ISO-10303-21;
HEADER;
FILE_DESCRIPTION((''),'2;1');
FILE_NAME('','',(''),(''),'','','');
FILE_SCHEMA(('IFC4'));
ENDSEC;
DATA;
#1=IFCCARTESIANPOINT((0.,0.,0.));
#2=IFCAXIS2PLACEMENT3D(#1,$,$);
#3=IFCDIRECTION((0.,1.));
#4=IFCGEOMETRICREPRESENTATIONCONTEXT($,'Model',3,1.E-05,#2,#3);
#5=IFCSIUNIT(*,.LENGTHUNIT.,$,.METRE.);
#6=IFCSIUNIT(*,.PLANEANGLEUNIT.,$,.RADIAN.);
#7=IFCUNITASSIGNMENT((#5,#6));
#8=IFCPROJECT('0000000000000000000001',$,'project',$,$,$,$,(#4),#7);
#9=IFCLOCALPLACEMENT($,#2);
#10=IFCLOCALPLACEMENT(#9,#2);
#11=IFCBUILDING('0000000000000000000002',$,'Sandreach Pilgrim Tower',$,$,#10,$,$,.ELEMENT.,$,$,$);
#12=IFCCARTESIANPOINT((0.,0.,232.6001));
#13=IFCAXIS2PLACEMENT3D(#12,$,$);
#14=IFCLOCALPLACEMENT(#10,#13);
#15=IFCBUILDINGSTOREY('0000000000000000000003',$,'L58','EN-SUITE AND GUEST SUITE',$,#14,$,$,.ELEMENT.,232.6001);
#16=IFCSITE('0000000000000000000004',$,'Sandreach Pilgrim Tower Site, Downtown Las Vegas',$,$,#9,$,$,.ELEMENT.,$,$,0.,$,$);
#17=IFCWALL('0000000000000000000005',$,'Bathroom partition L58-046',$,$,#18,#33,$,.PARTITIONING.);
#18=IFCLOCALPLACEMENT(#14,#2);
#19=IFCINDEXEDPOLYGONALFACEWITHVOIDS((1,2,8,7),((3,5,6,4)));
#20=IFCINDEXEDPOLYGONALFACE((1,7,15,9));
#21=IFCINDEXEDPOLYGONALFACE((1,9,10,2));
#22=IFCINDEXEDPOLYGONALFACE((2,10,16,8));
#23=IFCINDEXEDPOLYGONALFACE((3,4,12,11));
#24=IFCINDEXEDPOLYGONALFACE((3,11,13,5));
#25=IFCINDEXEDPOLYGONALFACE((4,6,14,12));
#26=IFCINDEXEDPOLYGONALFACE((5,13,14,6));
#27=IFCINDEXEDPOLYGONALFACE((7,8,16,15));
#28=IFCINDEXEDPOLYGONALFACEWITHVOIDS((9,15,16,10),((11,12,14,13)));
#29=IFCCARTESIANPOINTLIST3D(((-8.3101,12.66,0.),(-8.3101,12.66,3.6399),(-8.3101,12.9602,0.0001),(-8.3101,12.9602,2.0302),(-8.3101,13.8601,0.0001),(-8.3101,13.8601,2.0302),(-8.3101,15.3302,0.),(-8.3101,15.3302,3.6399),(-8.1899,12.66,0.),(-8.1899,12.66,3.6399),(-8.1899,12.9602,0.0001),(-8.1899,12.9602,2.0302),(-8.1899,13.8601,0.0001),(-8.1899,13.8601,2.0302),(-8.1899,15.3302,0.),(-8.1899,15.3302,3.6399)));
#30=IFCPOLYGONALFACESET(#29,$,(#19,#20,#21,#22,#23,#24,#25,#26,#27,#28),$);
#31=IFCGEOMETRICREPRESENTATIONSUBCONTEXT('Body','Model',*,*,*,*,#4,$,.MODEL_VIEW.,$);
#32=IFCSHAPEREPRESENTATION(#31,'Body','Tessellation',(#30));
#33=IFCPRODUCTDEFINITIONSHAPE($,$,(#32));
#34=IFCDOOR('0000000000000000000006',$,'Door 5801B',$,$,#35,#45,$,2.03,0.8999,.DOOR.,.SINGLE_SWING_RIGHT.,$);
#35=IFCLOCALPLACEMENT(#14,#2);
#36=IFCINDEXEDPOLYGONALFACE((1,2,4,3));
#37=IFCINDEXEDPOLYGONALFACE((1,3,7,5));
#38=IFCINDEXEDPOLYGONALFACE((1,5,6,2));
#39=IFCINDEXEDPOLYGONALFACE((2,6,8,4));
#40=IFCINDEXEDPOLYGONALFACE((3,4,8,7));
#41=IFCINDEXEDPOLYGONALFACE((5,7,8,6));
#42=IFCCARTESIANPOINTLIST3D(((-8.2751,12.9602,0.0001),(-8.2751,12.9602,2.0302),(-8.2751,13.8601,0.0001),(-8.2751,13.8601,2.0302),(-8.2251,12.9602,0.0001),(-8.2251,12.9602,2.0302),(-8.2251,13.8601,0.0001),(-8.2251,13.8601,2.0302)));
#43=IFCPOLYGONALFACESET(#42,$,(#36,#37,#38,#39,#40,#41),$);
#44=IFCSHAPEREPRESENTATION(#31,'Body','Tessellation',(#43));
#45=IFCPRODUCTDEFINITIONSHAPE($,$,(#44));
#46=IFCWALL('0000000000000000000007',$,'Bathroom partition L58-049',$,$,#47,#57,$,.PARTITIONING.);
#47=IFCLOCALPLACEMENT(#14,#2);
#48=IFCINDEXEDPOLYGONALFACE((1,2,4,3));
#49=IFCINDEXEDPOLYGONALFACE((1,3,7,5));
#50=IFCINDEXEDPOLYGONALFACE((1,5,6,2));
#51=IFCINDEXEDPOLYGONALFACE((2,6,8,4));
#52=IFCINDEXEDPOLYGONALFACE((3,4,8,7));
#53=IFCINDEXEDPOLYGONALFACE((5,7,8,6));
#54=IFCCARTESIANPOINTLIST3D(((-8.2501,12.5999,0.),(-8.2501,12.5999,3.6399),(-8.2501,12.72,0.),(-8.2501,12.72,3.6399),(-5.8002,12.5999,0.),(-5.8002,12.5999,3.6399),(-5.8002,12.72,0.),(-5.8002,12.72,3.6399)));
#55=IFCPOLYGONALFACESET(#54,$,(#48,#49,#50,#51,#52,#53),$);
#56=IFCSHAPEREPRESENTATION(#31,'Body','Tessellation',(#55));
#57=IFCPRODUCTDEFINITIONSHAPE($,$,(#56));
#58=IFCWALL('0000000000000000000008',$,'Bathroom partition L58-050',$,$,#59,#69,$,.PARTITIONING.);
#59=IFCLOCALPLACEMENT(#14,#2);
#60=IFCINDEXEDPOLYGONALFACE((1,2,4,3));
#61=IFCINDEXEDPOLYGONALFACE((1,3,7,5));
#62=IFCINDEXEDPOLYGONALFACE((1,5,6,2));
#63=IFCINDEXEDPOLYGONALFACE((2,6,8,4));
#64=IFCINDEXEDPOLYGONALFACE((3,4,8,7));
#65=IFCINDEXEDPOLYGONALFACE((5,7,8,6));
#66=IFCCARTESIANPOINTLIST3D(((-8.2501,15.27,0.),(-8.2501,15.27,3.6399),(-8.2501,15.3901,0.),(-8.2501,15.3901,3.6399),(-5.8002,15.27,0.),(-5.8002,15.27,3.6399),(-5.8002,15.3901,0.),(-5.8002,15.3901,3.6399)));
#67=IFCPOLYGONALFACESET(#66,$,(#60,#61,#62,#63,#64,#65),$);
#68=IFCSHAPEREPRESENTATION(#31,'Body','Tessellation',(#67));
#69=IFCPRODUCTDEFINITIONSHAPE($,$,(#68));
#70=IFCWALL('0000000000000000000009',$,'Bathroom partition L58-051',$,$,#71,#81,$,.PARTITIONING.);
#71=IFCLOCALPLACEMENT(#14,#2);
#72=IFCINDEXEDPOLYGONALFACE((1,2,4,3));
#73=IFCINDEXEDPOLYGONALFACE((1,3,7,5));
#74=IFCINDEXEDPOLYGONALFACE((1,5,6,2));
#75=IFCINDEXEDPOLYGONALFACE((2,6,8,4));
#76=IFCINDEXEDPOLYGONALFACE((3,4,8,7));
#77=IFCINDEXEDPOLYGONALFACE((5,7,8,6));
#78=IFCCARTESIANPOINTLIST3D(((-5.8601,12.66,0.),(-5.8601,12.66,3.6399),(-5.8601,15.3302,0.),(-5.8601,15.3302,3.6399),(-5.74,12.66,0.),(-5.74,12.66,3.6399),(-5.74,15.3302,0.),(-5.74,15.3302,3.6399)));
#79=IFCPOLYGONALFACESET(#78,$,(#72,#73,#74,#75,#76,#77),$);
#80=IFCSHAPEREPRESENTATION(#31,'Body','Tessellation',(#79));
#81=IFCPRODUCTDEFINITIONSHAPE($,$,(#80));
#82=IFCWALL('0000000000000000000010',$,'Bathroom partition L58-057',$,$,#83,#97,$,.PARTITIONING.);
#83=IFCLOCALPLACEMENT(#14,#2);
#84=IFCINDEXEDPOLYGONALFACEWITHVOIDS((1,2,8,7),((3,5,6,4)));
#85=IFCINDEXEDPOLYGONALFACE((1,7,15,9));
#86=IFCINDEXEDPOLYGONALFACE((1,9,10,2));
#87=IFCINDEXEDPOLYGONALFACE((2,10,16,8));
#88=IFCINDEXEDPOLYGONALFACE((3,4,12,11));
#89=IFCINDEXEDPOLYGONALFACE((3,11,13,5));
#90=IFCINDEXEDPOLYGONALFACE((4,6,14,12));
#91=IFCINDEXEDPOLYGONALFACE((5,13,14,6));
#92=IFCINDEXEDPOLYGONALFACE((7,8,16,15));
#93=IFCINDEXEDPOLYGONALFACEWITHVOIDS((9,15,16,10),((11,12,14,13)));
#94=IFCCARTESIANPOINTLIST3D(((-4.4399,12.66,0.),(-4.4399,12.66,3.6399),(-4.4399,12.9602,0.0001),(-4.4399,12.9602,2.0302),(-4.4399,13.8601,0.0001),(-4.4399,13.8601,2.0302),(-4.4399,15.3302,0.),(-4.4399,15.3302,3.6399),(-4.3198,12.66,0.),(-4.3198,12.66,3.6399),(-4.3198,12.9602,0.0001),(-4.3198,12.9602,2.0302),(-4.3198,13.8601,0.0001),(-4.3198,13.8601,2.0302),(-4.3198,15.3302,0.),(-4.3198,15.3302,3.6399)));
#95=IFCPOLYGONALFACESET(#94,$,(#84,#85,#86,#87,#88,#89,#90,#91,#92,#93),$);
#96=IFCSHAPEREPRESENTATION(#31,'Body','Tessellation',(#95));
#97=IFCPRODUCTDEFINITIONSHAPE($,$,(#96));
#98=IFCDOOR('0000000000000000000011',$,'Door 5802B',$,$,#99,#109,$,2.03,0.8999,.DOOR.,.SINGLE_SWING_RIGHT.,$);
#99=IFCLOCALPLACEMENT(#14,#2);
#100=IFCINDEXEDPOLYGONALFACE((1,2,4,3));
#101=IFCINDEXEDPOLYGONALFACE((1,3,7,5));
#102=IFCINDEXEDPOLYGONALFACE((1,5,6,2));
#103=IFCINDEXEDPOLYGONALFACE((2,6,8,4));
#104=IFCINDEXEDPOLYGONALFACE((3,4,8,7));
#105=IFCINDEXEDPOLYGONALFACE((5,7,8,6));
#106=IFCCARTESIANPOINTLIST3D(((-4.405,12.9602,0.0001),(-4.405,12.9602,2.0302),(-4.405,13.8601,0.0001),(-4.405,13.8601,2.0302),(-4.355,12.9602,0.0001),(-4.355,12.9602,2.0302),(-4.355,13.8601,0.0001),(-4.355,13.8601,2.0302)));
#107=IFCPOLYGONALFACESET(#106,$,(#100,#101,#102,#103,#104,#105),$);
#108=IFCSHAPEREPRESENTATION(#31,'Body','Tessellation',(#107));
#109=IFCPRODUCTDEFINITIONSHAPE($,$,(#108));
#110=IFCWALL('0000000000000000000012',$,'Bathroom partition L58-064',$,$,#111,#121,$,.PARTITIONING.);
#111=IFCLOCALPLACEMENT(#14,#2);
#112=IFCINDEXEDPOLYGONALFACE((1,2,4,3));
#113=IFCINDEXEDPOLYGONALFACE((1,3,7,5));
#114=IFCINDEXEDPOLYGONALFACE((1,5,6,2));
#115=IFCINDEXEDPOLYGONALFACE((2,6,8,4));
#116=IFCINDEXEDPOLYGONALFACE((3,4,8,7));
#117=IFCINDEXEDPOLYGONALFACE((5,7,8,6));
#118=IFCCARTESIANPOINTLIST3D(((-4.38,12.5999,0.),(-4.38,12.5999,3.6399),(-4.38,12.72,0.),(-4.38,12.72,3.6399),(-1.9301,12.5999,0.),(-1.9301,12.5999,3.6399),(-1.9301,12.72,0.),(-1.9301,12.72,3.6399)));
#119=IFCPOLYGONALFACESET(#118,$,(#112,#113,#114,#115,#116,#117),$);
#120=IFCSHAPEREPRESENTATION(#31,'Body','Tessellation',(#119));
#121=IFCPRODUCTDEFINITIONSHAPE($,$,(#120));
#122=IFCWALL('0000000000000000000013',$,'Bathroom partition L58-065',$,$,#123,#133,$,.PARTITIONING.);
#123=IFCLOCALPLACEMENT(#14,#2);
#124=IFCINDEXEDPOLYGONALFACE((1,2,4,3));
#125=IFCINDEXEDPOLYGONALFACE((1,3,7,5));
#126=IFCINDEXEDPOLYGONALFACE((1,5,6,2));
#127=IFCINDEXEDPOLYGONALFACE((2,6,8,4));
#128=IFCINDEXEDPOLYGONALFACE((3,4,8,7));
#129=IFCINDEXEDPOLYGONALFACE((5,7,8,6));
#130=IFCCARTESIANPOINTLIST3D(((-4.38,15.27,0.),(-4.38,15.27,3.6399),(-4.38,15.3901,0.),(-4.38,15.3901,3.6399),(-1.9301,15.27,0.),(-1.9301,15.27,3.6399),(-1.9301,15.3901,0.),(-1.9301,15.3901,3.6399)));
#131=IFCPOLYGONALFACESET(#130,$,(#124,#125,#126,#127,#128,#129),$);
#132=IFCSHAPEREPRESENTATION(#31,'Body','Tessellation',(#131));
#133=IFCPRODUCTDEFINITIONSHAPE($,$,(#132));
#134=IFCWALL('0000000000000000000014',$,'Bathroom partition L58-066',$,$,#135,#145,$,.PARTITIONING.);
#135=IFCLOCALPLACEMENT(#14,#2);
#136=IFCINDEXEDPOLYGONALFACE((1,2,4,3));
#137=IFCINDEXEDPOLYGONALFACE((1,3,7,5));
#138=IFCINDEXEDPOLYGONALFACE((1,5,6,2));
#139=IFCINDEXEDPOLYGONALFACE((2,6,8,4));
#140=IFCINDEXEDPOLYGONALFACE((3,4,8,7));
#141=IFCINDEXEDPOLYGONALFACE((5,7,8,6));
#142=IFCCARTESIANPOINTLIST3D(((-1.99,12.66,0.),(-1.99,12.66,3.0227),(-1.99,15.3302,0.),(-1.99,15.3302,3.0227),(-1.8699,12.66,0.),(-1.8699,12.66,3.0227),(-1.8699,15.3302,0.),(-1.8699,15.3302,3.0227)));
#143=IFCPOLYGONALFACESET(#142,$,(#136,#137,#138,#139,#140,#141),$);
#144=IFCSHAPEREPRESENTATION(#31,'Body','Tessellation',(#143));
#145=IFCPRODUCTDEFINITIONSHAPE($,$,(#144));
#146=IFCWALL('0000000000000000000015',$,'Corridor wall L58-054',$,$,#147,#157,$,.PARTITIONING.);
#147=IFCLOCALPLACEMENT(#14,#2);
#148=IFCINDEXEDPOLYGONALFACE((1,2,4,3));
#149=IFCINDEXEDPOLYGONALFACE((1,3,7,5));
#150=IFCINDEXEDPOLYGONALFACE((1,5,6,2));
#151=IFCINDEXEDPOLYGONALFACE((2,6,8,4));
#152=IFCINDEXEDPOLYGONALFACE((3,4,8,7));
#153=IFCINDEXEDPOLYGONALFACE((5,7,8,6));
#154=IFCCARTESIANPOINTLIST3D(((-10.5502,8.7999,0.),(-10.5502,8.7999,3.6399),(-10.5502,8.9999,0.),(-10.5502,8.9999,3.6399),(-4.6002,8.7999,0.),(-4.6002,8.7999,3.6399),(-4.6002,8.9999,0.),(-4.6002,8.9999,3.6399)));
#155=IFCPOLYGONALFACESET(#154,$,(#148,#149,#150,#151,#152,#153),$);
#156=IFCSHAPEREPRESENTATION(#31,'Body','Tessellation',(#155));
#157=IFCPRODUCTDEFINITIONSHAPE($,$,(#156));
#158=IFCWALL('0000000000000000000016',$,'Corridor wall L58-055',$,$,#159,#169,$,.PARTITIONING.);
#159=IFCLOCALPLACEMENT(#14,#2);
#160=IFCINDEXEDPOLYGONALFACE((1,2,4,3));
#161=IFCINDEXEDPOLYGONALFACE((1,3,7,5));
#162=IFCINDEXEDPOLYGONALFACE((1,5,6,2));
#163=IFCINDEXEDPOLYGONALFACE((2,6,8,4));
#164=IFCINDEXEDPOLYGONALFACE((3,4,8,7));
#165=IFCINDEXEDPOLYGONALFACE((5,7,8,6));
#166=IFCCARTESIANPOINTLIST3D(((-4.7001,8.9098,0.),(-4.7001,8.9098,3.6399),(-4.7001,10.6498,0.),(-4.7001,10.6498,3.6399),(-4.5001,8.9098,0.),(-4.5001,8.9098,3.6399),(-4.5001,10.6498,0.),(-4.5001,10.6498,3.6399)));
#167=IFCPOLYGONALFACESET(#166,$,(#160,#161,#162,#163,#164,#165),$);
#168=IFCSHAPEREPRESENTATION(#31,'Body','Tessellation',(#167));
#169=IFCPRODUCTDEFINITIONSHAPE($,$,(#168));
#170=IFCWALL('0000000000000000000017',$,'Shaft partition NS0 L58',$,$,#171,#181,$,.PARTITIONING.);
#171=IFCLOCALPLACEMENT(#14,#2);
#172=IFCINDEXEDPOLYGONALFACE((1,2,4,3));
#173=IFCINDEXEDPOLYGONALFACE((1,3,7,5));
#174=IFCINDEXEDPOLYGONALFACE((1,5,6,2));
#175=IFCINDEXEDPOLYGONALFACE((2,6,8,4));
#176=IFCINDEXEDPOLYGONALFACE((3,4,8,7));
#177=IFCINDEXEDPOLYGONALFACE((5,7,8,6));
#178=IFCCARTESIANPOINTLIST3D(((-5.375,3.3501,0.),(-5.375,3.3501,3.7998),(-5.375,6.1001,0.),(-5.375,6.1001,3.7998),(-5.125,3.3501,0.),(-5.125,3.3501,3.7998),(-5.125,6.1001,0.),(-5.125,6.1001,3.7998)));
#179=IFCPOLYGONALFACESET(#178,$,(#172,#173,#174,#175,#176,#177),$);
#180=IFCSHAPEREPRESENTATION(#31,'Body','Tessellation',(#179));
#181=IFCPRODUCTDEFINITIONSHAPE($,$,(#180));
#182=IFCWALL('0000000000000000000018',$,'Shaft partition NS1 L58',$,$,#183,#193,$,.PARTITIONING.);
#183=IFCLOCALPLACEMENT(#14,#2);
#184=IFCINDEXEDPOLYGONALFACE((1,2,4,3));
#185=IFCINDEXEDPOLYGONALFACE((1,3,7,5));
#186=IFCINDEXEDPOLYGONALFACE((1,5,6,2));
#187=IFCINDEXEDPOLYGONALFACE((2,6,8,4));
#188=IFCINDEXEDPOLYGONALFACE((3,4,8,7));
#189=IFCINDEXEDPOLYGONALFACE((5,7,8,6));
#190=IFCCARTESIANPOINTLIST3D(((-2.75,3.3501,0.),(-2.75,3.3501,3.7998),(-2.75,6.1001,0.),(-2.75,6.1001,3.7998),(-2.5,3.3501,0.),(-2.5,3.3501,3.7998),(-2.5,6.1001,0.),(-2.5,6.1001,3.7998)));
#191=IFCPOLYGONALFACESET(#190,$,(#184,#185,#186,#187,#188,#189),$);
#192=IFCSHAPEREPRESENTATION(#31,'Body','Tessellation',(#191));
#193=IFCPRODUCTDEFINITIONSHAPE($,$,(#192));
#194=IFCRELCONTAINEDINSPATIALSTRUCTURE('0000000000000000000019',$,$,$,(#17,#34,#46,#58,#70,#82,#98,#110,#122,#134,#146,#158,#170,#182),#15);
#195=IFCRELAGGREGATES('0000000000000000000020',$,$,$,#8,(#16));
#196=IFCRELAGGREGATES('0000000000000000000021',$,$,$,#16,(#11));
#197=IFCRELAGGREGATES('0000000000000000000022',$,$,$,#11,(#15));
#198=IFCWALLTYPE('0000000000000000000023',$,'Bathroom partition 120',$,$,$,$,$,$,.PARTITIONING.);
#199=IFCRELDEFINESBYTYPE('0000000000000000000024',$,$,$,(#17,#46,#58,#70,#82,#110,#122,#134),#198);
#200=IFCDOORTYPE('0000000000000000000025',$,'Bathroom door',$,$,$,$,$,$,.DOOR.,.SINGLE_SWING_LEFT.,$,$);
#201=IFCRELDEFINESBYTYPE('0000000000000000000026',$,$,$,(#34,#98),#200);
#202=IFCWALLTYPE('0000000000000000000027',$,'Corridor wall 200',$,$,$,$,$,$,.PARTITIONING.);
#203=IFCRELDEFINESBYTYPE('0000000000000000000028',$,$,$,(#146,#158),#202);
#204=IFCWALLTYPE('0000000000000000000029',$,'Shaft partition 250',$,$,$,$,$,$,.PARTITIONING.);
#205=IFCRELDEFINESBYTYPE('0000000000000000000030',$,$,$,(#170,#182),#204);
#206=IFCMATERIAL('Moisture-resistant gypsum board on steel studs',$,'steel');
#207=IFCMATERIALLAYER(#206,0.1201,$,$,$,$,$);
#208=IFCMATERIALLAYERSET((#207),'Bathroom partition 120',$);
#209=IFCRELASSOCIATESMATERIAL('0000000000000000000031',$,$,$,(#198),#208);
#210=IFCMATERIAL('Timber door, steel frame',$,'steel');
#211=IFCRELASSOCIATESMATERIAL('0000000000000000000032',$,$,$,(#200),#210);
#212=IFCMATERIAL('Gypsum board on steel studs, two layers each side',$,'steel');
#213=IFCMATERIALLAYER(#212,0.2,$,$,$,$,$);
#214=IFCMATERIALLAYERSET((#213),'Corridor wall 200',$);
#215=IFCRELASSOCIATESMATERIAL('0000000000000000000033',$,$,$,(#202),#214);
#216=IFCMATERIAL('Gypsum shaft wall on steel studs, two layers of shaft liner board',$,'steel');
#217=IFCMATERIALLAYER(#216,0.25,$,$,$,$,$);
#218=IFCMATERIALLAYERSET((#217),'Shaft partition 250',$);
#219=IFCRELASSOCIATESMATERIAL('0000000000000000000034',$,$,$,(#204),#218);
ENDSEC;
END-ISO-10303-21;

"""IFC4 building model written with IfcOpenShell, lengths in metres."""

from ifc_helpers import new_model, si_unit, direction, frame, frame_2d, origin, place, context, subcontext, project, spatial, rectangle, extrude, material, layer, layer_set, type_object, element, fill, save


model = new_model("IFC4")

# Units and contexts
model_context = context("Model", 3, precision=1e-05, world=origin(), true_north=direction((0.0, 1.0)))
body_context = subcontext(model_context, "Body", "Model", "MODEL_VIEW")
ifc_project = project(units=[si_unit("LENGTHUNIT", "METRE"), si_unit("PLANEANGLEUNIT", "RADIAN")], contexts=[model_context])

# Site, building, storey
site_placement = place(None, origin())
site = spatial("IfcSite", under=ifc_project, at=site_placement, Name="Sandreach Pilgrim Tower Site, Downtown Las Vegas", CompositionType="ELEMENT", RefElevation=0.0)
building_placement = place(site_placement, origin())
building = spatial("IfcBuilding", under=site, at=building_placement, Name="Sandreach Pilgrim Tower", CompositionType="ELEMENT")
storey_placement = place(building_placement, frame((0.0, 0.0, 232.6001)))
storey = spatial("IfcBuildingStorey", under=building, at=storey_placement, Name="L58", Description="EN-SUITE AND GUEST SUITE", CompositionType="ELEMENT", Elevation=232.6001)

# Wall, opening, door
ifc_material_1 = material(Name="Moisture-resistant gypsum board on steel studs", Category="steel")
ifc_layer_1 = layer(ifc_material_1, 0.1201)
ifc_layer_set_1 = layer_set([ifc_layer_1], Name="Bathroom partition 120")
wall_type_1 = type_object("IfcWallType", Name="Bathroom partition 120", PredefinedType="PARTITIONING", material=ifc_layer_set_1)
wall_1_placement = place(storey_placement, frame((-8.25, 15.3301, 0.0), z_axis=(0.0, 0.0, 1.0), x_axis=(0.0, -1.0, 0.0)))
wall_1 = element("IfcWall", 1, at=wall_1_placement, inside=storey, type_object=wall_type_1, Name="Bathroom partition L58-046", PredefinedType="PARTITIONING", context=body_context, shape_type="SweptSolid", body=[
    extrude(rectangle(XDim=2.6702, YDim=0.1201, at=frame_2d((1.335, 0.0))), origin(), (0.0, 0.0, 1.0), 3.6399),
])
opening_1_placement = place(wall_1_placement, frame((1.47, 0.0, 0.0)))
opening_1 = element("IfcOpeningElement", 2, at=opening_1_placement, cuts=wall_1, PredefinedType="OPENING", context=body_context, shape_type="SweptSolid", body=[
    extrude(rectangle(XDim=0.8999, YDim=2.03, at=frame_2d((0.45, 1.0151))), frame((0.0, 0.0601, 0.0), z_axis=(0.0, -1.0, 0.0), x_axis=(1.0, 0.0, 0.0)), (0.0, 0.0, 1.0), 0.1201),
])
ifc_material_2 = material(Name="Timber door, steel frame", Category="steel")
door_type_1 = type_object("IfcDoorType", Name="Bathroom door", OperationType="SINGLE_SWING_LEFT", PredefinedType="DOOR", material=ifc_material_2)
door_1_placement = place(opening_1_placement, origin())
door_1 = element("IfcDoor", 3, at=door_1_placement, inside=storey, type_object=door_type_1, Name="Door 5801B", OperationType="SINGLE_SWING_RIGHT", OverallHeight=2.03, OverallWidth=0.8999, PredefinedType="DOOR", context=body_context, shape_type="SweptSolid", body=[
    extrude(rectangle(XDim=0.8999, YDim=2.03, at=frame_2d((0.45, 1.0151))), frame((0.0, 0.0249, 0.0), z_axis=(0.0, -1.0, 0.0), x_axis=(1.0, 0.0, 0.0)), (0.0, 0.0, 1.0), 0.05),
])
fill(opening_1, door_1)

# Walls
for number, where, z_axis, x_axis, name in (
    (4, (-5.8, 12.6599, 0.0), (0.0, 0.0, 1.0), (-1.0, 0.0, 0.0), "Bathroom partition L58-049"),
    (5, (-5.8, 15.3301, 0.0), (0.0, 0.0, 1.0), (-1.0, 0.0, 0.0), "Bathroom partition L58-050"),
):
    element("IfcWall", number, at=place(storey_placement, frame(where, z_axis=z_axis, x_axis=x_axis)), inside=storey, type_object=wall_type_1, Name=name, PredefinedType="PARTITIONING", context=body_context, shape_type="SweptSolid", body=[
        extrude(rectangle(XDim=2.45, YDim=0.1201, at=frame_2d((1.2251, 0.0))), origin(), (0.0, 0.0, 1.0), 3.6399),
    ])
wall_2_placement = place(storey_placement, frame((-5.8, 15.3301, 0.0), z_axis=(0.0, 0.0, 1.0), x_axis=(0.0, -1.0, 0.0)))
element("IfcWall", 6, at=wall_2_placement, inside=storey, type_object=wall_type_1, Name="Bathroom partition L58-051", PredefinedType="PARTITIONING", context=body_context, shape_type="SweptSolid", body=[
    extrude(rectangle(XDim=2.6702, YDim=0.1201, at=frame_2d((1.335, 0.0))), origin(), (0.0, 0.0, 1.0), 3.6399),
])

# Wall, opening, door
wall_3_placement = place(storey_placement, frame((-4.3799, 15.3301, 0.0), z_axis=(0.0, 0.0, 1.0), x_axis=(0.0, -1.0, 0.0)))
wall_3 = element("IfcWall", 7, at=wall_3_placement, inside=storey, type_object=wall_type_1, Name="Bathroom partition L58-057", PredefinedType="PARTITIONING", context=body_context, shape_type="SweptSolid", body=[
    extrude(rectangle(XDim=2.6702, YDim=0.1201, at=frame_2d((1.335, 0.0))), origin(), (0.0, 0.0, 1.0), 3.6399),
])
opening_2_placement = place(wall_3_placement, frame((1.47, 0.0, 0.0)))
opening_2 = element("IfcOpeningElement", 8, at=opening_2_placement, cuts=wall_3, PredefinedType="OPENING", context=body_context, shape_type="SweptSolid", body=[
    extrude(rectangle(XDim=0.8999, YDim=2.03, at=frame_2d((0.45, 1.0151))), frame((0.0, 0.0601, 0.0), z_axis=(0.0, -1.0, 0.0), x_axis=(1.0, 0.0, 0.0)), (0.0, 0.0, 1.0), 0.1201),
])
door_2_placement = place(opening_2_placement, origin())
door_2 = element("IfcDoor", 9, at=door_2_placement, inside=storey, type_object=door_type_1, Name="Door 5802B", OperationType="SINGLE_SWING_RIGHT", OverallHeight=2.03, OverallWidth=0.8999, PredefinedType="DOOR", context=body_context, shape_type="SweptSolid", body=[
    extrude(rectangle(XDim=0.8999, YDim=2.03, at=frame_2d((0.45, 1.0151))), frame((0.0, 0.0249, 0.0), z_axis=(0.0, -1.0, 0.0), x_axis=(1.0, 0.0, 0.0)), (0.0, 0.0, 1.0), 0.05),
])
fill(opening_2, door_2)

# Walls
for number, where, z_axis, x_axis, name in (
    (10, (-1.9299, 12.6599, 0.0), (0.0, 0.0, 1.0), (-1.0, 0.0, 0.0), "Bathroom partition L58-064"),
    (11, (-1.9299, 15.3301, 0.0), (0.0, 0.0, 1.0), (-1.0, 0.0, 0.0), "Bathroom partition L58-065"),
):
    element("IfcWall", number, at=place(storey_placement, frame(where, z_axis=z_axis, x_axis=x_axis)), inside=storey, type_object=wall_type_1, Name=name, PredefinedType="PARTITIONING", context=body_context, shape_type="SweptSolid", body=[
        extrude(rectangle(XDim=2.45, YDim=0.1201, at=frame_2d((1.2251, 0.0))), origin(), (0.0, 0.0, 1.0), 3.6399),
    ])
wall_4_placement = place(storey_placement, frame((-1.9299, 15.3301, 0.0), z_axis=(0.0, 0.0, 1.0), x_axis=(0.0, -1.0, 0.0)))
element("IfcWall", 12, at=wall_4_placement, inside=storey, type_object=wall_type_1, Name="Bathroom partition L58-066", PredefinedType="PARTITIONING", context=body_context, shape_type="SweptSolid", body=[
    extrude(rectangle(XDim=2.6702, YDim=0.1201, at=frame_2d((1.335, 0.0))), origin(), (0.0, 0.0, 1.0), 3.0227),
])

# Walls
ifc_material_3 = material(Name="Gypsum board on steel studs, two layers each side", Category="steel")
ifc_layer_2 = layer(ifc_material_3, 0.2)
ifc_layer_set_2 = layer_set([ifc_layer_2], Name="Corridor wall 200")
wall_type_2 = type_object("IfcWallType", Name="Corridor wall 200", PredefinedType="PARTITIONING", material=ifc_layer_set_2)
wall_5_placement = place(storey_placement, frame((-4.6001, 8.8999, 0.0), z_axis=(0.0, 0.0, 1.0), x_axis=(-1.0, 0.0, 0.0)))
element("IfcWall", 13, at=wall_5_placement, inside=storey, type_object=wall_type_2, Name="Corridor wall L58-054", PredefinedType="PARTITIONING", context=body_context, shape_type="SweptSolid", body=[
    extrude(rectangle(XDim=5.95, YDim=0.2, at=frame_2d((2.9751, 0.0))), origin(), (0.0, 0.0, 1.0), 3.6399),
])
wall_6_placement = place(storey_placement, frame((-4.6001, 10.6499, 0.0), z_axis=(0.0, 0.0, 1.0), x_axis=(0.0, -1.0, 0.0)))
element("IfcWall", 14, at=wall_6_placement, inside=storey, type_object=wall_type_2, Name="Corridor wall L58-055", PredefinedType="PARTITIONING", context=body_context, shape_type="SweptSolid", body=[
    extrude(rectangle(XDim=1.74, YDim=0.2, at=frame_2d((0.8701, 0.0))), origin(), (0.0, 0.0, 1.0), 3.6399),
])

# Walls
ifc_material_4 = material(Name="Gypsum shaft wall on steel studs, two layers of shaft liner board", Category="steel")
ifc_layer_3 = layer(ifc_material_4, 0.25)
ifc_layer_set_3 = layer_set([ifc_layer_3], Name="Shaft partition 250")
wall_type_3 = type_object("IfcWallType", Name="Shaft partition 250", PredefinedType="PARTITIONING", material=ifc_layer_set_3)
for number, where, z_axis, x_axis, name in (
    (15, (-5.25, 3.3501, 0.0), (0.0, 0.0, 1.0), (0.0, 1.0, 0.0), "Shaft partition NS0 L58"),
    (16, (-2.625, 3.3501, 0.0), (0.0, 0.0, 1.0), (0.0, 1.0, 0.0), "Shaft partition NS1 L58"),
):
    element("IfcWall", number, at=place(storey_placement, frame(where, z_axis=z_axis, x_axis=x_axis)), inside=storey, type_object=wall_type_3, Name=name, PredefinedType="PARTITIONING", context=body_context, shape_type="SweptSolid", body=[
        extrude(rectangle(XDim=2.75, YDim=0.25, at=frame_2d((1.375, 0.0))), origin(), (0.0, 0.0, 1.0), 3.7998),
    ])

save(model, "model.ifc")
